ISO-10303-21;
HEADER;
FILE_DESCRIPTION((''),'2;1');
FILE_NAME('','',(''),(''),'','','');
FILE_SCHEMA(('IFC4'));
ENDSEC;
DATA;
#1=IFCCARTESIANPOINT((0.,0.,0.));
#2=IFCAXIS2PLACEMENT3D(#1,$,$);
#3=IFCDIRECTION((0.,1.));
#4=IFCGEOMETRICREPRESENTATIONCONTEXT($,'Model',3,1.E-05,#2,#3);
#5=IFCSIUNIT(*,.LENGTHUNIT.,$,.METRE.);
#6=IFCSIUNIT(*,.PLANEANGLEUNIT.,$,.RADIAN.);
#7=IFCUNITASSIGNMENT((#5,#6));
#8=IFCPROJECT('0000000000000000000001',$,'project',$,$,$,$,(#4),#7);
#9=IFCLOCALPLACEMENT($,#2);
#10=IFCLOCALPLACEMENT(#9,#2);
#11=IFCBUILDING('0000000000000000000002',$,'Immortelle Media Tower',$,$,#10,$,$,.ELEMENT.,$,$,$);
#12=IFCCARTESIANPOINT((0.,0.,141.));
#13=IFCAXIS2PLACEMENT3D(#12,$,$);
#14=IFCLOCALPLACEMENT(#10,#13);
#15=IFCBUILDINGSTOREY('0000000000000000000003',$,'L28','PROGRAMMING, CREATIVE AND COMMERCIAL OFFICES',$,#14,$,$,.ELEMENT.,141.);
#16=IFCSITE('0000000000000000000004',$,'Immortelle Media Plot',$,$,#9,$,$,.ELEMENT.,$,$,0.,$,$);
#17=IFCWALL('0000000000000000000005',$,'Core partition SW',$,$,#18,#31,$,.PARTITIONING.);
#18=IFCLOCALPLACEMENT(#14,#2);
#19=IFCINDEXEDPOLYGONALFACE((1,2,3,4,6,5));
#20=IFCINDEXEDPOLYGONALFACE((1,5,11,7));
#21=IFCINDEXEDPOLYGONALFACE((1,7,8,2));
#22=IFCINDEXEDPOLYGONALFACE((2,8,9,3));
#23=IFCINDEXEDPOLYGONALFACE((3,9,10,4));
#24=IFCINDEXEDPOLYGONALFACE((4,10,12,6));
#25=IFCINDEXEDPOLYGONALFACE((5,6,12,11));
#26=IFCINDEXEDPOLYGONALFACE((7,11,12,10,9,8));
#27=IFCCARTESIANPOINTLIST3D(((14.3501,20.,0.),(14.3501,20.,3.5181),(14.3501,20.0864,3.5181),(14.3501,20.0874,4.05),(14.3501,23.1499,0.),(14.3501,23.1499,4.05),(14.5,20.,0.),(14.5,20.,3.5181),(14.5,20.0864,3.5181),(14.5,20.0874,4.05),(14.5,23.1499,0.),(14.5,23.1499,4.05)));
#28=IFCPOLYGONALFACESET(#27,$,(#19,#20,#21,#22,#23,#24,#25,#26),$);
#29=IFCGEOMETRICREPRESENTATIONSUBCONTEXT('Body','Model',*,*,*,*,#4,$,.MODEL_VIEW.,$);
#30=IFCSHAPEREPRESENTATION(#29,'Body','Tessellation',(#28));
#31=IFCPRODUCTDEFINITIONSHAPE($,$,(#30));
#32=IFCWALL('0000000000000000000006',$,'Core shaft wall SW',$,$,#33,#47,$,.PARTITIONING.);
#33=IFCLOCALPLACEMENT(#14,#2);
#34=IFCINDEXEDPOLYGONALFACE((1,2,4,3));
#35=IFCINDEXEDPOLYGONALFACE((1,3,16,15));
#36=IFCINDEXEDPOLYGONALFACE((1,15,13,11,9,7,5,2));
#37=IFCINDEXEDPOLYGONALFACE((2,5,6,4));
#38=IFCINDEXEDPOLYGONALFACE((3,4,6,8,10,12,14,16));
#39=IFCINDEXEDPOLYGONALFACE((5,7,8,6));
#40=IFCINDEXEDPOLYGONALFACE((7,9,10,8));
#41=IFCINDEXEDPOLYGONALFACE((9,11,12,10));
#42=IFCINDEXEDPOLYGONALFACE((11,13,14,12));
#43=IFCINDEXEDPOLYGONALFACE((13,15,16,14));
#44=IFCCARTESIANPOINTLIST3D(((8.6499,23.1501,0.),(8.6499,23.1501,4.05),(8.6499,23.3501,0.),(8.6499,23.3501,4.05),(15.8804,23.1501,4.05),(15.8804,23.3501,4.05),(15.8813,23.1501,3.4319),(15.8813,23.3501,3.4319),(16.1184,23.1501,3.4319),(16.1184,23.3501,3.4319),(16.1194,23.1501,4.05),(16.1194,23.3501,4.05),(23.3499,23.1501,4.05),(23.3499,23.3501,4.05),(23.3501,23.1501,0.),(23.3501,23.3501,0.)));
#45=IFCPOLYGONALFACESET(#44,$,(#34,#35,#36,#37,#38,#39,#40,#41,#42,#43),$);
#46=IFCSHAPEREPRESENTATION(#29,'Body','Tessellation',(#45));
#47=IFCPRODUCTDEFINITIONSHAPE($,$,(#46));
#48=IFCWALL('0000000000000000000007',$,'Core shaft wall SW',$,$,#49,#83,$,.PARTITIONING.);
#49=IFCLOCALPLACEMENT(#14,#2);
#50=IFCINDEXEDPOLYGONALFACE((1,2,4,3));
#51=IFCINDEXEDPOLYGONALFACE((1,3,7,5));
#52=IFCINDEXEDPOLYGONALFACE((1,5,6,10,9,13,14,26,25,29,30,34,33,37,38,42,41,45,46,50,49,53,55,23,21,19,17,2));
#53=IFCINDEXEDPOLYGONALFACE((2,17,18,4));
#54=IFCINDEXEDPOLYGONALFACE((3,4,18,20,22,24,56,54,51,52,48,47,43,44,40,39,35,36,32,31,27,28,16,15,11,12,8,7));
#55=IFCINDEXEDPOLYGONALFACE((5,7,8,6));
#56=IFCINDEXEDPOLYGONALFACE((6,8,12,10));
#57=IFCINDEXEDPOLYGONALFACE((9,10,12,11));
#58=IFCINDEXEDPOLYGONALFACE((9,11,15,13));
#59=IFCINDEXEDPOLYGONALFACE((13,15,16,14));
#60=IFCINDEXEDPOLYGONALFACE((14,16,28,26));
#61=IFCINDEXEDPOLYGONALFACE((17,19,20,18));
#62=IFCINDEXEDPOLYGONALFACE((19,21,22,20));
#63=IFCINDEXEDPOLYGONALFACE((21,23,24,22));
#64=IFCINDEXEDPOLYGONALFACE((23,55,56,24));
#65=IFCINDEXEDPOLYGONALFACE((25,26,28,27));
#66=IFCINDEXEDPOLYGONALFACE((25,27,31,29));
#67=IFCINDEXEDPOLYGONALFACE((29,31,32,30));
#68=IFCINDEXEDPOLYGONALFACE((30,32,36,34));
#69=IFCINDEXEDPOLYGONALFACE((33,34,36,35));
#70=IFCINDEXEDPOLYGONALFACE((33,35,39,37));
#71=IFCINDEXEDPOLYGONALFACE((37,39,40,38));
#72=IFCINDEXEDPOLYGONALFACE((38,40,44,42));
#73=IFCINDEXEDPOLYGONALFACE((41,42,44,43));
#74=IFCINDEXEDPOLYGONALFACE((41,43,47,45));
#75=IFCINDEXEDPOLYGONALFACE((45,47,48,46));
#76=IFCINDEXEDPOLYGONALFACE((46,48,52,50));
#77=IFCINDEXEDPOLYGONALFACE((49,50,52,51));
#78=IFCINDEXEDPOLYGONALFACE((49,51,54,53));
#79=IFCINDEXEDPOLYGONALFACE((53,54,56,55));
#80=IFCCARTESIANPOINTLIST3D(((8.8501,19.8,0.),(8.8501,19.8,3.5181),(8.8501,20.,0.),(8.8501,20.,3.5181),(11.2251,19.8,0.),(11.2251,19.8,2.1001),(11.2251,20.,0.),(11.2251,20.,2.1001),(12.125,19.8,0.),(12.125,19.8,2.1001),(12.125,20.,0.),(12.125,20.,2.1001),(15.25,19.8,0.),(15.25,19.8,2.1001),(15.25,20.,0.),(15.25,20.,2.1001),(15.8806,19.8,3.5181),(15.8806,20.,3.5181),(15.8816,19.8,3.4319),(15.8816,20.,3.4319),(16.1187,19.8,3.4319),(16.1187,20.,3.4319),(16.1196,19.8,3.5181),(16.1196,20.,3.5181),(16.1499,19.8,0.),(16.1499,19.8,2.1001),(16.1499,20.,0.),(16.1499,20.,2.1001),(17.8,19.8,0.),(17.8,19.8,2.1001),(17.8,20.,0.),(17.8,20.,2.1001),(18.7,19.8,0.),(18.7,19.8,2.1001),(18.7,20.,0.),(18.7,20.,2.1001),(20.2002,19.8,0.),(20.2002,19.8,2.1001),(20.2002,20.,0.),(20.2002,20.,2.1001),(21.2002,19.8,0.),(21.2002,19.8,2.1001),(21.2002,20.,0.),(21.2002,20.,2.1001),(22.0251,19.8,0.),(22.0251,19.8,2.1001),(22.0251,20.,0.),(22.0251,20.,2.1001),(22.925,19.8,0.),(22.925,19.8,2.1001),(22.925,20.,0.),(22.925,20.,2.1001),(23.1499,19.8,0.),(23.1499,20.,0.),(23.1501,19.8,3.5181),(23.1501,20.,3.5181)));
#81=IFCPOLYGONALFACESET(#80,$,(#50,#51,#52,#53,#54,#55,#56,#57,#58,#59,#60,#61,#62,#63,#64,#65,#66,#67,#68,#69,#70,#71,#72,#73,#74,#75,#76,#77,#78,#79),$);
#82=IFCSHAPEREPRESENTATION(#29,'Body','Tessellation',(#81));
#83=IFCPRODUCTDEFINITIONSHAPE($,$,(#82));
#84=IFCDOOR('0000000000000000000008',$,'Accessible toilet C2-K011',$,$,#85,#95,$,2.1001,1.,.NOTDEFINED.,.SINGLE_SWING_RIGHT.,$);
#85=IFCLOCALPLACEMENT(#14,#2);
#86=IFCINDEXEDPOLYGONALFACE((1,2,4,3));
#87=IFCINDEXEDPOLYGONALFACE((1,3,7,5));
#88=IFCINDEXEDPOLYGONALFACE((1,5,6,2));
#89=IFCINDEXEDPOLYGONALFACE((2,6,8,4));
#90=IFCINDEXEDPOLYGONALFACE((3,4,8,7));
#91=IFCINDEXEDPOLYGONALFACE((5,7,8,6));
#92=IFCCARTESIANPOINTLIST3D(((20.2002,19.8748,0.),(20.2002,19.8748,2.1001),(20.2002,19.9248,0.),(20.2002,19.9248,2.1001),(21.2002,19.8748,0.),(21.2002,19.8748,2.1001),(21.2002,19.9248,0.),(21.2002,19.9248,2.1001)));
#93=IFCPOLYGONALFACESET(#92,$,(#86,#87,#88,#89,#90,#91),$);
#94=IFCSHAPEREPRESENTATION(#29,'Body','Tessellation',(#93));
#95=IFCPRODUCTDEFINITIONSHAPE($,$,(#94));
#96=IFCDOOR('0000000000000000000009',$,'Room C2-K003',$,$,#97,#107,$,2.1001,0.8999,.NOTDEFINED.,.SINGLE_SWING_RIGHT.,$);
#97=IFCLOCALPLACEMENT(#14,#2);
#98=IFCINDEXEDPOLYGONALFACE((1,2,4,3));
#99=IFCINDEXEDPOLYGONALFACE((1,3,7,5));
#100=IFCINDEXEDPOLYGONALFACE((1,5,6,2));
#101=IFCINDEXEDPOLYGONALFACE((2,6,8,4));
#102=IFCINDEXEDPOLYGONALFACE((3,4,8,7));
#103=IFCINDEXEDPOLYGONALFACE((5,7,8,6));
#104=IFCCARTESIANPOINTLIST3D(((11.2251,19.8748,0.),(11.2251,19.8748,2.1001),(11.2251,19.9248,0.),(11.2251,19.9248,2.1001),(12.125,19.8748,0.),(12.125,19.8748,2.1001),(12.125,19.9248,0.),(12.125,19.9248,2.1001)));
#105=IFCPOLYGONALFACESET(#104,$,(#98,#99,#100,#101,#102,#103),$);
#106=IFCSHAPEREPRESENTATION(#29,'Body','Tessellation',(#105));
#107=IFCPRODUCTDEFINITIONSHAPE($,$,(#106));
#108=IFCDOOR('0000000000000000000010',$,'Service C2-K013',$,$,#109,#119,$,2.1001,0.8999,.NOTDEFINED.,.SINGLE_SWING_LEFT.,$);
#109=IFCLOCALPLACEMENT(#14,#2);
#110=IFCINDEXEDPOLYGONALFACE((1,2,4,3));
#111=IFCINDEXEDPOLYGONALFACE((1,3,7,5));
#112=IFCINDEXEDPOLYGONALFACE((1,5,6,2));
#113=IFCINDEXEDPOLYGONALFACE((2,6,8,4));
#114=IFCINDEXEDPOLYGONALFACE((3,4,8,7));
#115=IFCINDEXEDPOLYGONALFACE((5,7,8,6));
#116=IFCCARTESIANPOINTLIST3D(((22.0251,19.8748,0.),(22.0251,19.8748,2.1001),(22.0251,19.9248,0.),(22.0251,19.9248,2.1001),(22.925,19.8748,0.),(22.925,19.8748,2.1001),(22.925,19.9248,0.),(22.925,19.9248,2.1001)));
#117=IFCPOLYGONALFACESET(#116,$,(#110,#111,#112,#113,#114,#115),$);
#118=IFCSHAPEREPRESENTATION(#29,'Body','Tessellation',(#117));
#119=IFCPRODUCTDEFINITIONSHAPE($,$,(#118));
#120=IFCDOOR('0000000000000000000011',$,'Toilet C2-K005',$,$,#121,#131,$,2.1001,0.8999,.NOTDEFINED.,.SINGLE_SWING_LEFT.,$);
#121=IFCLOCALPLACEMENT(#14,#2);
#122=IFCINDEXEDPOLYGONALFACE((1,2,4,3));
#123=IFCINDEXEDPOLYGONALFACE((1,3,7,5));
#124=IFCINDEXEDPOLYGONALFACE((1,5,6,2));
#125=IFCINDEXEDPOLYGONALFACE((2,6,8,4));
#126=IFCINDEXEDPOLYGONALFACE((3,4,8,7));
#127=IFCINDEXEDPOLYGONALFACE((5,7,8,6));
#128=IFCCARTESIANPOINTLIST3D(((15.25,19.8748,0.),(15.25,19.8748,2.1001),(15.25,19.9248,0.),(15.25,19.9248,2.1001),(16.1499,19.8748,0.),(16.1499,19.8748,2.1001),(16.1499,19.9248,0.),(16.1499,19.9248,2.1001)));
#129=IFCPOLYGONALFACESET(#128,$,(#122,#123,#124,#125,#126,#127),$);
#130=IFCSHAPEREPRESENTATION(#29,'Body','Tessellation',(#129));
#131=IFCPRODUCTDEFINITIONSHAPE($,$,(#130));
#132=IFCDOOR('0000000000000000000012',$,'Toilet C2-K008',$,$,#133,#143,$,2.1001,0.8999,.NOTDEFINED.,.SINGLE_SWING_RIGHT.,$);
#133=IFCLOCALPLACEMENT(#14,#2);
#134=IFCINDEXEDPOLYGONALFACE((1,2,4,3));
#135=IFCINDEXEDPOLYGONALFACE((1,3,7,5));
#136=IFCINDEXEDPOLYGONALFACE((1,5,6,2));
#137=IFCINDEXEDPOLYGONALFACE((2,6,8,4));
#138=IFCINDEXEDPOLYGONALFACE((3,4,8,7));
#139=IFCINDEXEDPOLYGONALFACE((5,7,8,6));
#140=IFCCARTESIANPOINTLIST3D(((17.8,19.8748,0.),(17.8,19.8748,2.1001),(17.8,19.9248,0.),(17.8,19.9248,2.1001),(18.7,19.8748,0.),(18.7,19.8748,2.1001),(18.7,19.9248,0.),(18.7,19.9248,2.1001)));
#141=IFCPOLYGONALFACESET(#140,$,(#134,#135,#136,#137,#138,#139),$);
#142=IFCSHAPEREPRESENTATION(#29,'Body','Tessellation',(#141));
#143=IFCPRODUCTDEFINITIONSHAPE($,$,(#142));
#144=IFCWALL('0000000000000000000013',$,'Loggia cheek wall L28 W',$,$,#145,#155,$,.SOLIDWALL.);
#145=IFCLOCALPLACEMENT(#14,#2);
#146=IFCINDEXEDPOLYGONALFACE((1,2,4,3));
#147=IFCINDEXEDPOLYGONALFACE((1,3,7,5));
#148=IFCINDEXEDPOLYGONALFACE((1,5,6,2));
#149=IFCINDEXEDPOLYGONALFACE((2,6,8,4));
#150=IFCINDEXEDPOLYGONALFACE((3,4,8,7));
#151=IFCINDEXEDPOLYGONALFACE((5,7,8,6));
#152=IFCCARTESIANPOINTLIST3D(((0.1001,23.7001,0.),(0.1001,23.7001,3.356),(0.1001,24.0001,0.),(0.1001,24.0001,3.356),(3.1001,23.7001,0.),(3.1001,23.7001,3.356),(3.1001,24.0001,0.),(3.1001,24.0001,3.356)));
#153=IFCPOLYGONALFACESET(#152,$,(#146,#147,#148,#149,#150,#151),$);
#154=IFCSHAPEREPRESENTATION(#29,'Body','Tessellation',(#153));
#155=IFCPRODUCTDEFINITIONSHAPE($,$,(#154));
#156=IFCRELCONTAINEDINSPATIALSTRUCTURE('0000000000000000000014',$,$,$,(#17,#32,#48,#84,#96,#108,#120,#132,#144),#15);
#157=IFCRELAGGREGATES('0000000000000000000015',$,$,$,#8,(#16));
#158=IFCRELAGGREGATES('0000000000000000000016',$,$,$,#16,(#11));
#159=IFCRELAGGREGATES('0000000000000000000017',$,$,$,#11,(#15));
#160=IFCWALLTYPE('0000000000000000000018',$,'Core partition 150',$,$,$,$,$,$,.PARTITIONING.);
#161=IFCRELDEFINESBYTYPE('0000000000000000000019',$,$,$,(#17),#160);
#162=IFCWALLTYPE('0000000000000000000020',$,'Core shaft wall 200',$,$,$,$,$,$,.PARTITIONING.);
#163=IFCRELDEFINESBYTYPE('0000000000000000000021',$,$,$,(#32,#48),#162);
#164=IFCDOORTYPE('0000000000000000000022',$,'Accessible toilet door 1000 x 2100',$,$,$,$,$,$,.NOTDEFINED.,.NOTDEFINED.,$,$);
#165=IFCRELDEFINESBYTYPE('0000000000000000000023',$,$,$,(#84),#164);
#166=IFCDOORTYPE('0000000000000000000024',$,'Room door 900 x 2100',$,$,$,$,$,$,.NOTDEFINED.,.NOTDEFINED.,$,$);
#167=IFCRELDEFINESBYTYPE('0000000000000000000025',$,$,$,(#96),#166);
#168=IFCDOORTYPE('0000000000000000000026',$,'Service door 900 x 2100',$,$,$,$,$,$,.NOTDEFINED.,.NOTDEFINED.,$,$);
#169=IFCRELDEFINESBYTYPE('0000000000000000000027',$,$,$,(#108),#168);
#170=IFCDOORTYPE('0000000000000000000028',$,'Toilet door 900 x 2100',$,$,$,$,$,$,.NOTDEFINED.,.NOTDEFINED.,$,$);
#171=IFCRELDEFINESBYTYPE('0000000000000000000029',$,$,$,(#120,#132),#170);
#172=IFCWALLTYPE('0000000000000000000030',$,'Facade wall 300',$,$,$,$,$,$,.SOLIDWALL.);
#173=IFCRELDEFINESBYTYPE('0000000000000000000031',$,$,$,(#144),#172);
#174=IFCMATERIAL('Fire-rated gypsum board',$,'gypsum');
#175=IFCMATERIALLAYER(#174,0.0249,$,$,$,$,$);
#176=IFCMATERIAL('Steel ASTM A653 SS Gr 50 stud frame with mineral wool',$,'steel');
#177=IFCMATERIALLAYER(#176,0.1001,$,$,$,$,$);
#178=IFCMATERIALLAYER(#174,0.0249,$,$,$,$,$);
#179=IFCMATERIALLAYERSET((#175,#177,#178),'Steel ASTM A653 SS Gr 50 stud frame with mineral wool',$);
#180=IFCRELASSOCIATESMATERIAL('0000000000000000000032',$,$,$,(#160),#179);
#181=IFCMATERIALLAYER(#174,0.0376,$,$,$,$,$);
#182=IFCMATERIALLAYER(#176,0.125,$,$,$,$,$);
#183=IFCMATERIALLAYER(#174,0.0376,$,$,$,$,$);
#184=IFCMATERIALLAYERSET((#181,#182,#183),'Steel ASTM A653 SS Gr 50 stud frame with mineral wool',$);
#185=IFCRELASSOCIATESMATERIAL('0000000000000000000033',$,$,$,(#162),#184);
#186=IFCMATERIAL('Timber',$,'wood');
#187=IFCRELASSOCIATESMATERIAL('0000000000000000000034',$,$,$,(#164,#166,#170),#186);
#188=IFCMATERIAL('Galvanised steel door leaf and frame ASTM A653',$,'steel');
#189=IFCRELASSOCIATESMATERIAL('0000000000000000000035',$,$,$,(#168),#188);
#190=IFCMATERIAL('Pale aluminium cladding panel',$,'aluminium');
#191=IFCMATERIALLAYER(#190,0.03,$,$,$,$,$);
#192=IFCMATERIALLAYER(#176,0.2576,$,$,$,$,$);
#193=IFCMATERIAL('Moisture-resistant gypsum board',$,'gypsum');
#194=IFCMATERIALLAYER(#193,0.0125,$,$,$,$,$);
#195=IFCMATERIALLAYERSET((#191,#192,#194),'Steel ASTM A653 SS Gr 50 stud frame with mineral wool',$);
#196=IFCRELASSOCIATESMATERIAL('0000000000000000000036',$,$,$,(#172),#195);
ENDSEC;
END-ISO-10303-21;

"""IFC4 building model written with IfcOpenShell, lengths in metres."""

from ifc_helpers import new_model, si_unit, direction, frame, frame_2d, origin, place, context, subcontext, project, spatial, polyline, rectangle, outline, extrude, material, layer, layer_set, type_object, element, fill, save


model = new_model("IFC4")

# Units and contexts
model_context = context("Model", 3, precision=1e-05, world=origin(), true_north=direction((0.0, 1.0)))
body_context = subcontext(model_context, "Body", "Model", "MODEL_VIEW")
ifc_project = project(units=[si_unit("LENGTHUNIT", "METRE"), si_unit("PLANEANGLEUNIT", "RADIAN")], contexts=[model_context])

# Site, building, storey
site_placement = place(None, origin())
site = spatial("IfcSite", under=ifc_project, at=site_placement, Name="Immortelle Media Plot", CompositionType="ELEMENT", RefElevation=0.0)
building_placement = place(site_placement, origin())
building = spatial("IfcBuilding", under=site, at=building_placement, Name="Immortelle Media Tower", CompositionType="ELEMENT")
storey_placement = place(building_placement, frame((0.0, 0.0, 141.0)))
storey = spatial("IfcBuildingStorey", under=building, at=storey_placement, Name="L28", Description="PROGRAMMING, CREATIVE AND COMMERCIAL OFFICES", CompositionType="ELEMENT", Elevation=141.0)

# Walls
ifc_material_1 = material(Name="Fire-rated gypsum board", Category="gypsum")
ifc_layer_1 = layer(ifc_material_1, 0.0249)
ifc_material_2 = material(Name="Steel ASTM A653 SS Gr 50 stud frame with mineral wool", Category="steel")
ifc_layer_2 = layer(ifc_material_2, 0.1001)
ifc_layer_3 = layer(ifc_material_1, 0.0249)
ifc_layer_set_1 = layer_set([ifc_layer_1, ifc_layer_2, ifc_layer_3], Name="Steel ASTM A653 SS Gr 50 stud frame with mineral wool")
wall_type_1 = type_object("IfcWallType", Name="Core partition 150", PredefinedType="PARTITIONING", material=ifc_layer_set_1)
wall_1_placement = place(storey_placement, frame((14.425, 20.0, 0.0), z_axis=(0.0, 0.0, 1.0), x_axis=(0.0, 1.0, 0.0)))
element("IfcWall", 1, at=wall_1_placement, inside=storey, type_object=wall_type_1, Name="Core partition SW", PredefinedType="PARTITIONING", context=body_context, shape_type="SweptSolid", body=[
    extrude(outline(polyline([(0.0, 0.0), (3.1499, 0.0), (3.1499, 4.05), (0.0874, 4.05), (0.0864, 3.5181), (0.0, 3.5181), (0.0, 0.0)])), frame((0.0, 0.075, 0.0), z_axis=(0.0, -1.0, 0.0), x_axis=(1.0, 0.0, 0.0)), (0.0, 0.0, 1.0), 0.1499),
])
ifc_layer_4 = layer(ifc_material_1, 0.0376)
ifc_layer_5 = layer(ifc_material_2, 0.125)
ifc_layer_6 = layer(ifc_material_1, 0.0376)
ifc_layer_set_2 = layer_set([ifc_layer_4, ifc_layer_5, ifc_layer_6], Name="Steel ASTM A653 SS Gr 50 stud frame with mineral wool")
wall_type_2 = type_object("IfcWallType", Name="Core shaft wall 200", PredefinedType="PARTITIONING", material=ifc_layer_set_2)
wall_2_placement = place(storey_placement, frame((8.6499, 23.25, 0.0), z_axis=(0.0, 0.0, 1.0), x_axis=(1.0, 0.0, 0.0)))
element("IfcWall", 2, at=wall_2_placement, inside=storey, type_object=wall_type_2, Name="Core shaft wall SW", PredefinedType="PARTITIONING", context=body_context, shape_type="SweptSolid", body=[
    extrude(outline(polyline([(0.0, 0.0), (14.7002, 0.0), (14.7, 4.05), (7.4695, 4.05), (7.4685, 3.4319), (7.2314, 3.4319), (7.2305, 4.05), (0.0, 4.05), (0.0, 0.0)])), frame((0.0, 0.1001, 0.0), z_axis=(0.0, -1.0, 0.0), x_axis=(1.0, 0.0, 0.0)), (0.0, 0.0, 1.0), 0.2),
])

# Wall, openings, doors
wall_3_placement = place(storey_placement, frame((8.8501, 19.8999, 0.0), z_axis=(0.0, 0.0, 1.0), x_axis=(1.0, 0.0, 0.0)))
wall_3 = element("IfcWall", 3, at=wall_3_placement, inside=storey, type_object=wall_type_2, Name="Core shaft wall SW", PredefinedType="PARTITIONING", context=body_context, shape_type="SweptSolid", body=[
    extrude(outline(polyline([(0.0, 0.0), (14.2998, 0.0), (14.3, 3.5181), (7.2695, 3.5181), (7.2686, 3.4319), (7.0315, 3.4319), (7.0305, 3.5181), (0.0, 3.5181), (0.0, 0.0)])), frame((0.0, 0.1001, 0.0), z_axis=(0.0, -1.0, 0.0), x_axis=(1.0, 0.0, 0.0)), (0.0, 0.0, 1.0), 0.2),
])
opening_1_placement = place(wall_3_placement, frame((2.375, 0.0, 0.0)))
opening_1 = element("IfcOpeningElement", 4, at=opening_1_placement, cuts=wall_3, PredefinedType="OPENING", context=body_context, shape_type="SweptSolid", body=[
    extrude(rectangle(XDim=0.8999, YDim=2.1001, at=frame_2d((0.45, 1.05))), frame((0.0, 0.1099, 0.0), z_axis=(0.0, -1.0, 0.0), x_axis=(1.0, 0.0, 0.0)), (0.0, 0.0, 1.0), 0.22),
])
opening_2_placement = place(wall_3_placement, frame((6.3999, 0.0, 0.0)))
opening_2 = element("IfcOpeningElement", 5, at=opening_2_placement, cuts=wall_3, PredefinedType="OPENING", context=body_context, shape_type="SweptSolid", body=[
    extrude(rectangle(XDim=0.8999, YDim=2.1001, at=frame_2d((0.45, 1.05))), frame((0.0, 0.1099, 0.0), z_axis=(0.0, -1.0, 0.0), x_axis=(1.0, 0.0, 0.0)), (0.0, 0.0, 1.0), 0.22),
])
opening_3_placement = place(wall_3_placement, frame((8.95, 0.0, 0.0)))
opening_3 = element("IfcOpeningElement", 6, at=opening_3_placement, cuts=wall_3, PredefinedType="OPENING", context=body_context, shape_type="SweptSolid", body=[
    extrude(rectangle(XDim=0.8999, YDim=2.1001, at=frame_2d((0.45, 1.05))), frame((0.0, 0.1099, 0.0), z_axis=(0.0, -1.0, 0.0), x_axis=(1.0, 0.0, 0.0)), (0.0, 0.0, 1.0), 0.22),
])
opening_4_placement = place(wall_3_placement, frame((11.3501, 0.0, 0.0)))
opening_4 = element("IfcOpeningElement", 7, at=opening_4_placement, cuts=wall_3, PredefinedType="OPENING", context=body_context, shape_type="SweptSolid", body=[
    extrude(rectangle(XDim=1.0, YDim=2.1001, at=frame_2d((0.5, 1.05))), frame((0.0, 0.1099, 0.0), z_axis=(0.0, -1.0, 0.0), x_axis=(1.0, 0.0, 0.0)), (0.0, 0.0, 1.0), 0.22),
])
opening_5_placement = place(wall_3_placement, frame((13.175, 0.0, 0.0)))
opening_5 = element("IfcOpeningElement", 8, at=opening_5_placement, cuts=wall_3, PredefinedType="OPENING", context=body_context, shape_type="SweptSolid", body=[
    extrude(rectangle(XDim=0.8999, YDim=2.1001, at=frame_2d((0.45, 1.05))), frame((0.0, 0.1099, 0.0), z_axis=(0.0, -1.0, 0.0), x_axis=(1.0, 0.0, 0.0)), (0.0, 0.0, 1.0), 0.22),
])
ifc_material_3 = material(Name="Timber", Category="wood")
door_type_1 = type_object("IfcDoorType", Name="Accessible toilet door 1000 x 2100", OperationType="NOTDEFINED", PredefinedType="NOTDEFINED", material=ifc_material_3)
door_1_placement = place(opening_4_placement, origin())
door_1 = element("IfcDoor", 9, at=door_1_placement, inside=storey, type_object=door_type_1, Name="Accessible toilet C2-K011", OperationType="SINGLE_SWING_RIGHT", OverallHeight=2.1001, OverallWidth=1.0, PredefinedType="NOTDEFINED", context=body_context, shape_type="SweptSolid", body=[
    extrude(rectangle(XDim=1.0, YDim=2.1001, at=frame_2d((0.5, 1.05))), frame((0.0, 0.0249, 0.0), z_axis=(0.0, -1.0, 0.0), x_axis=(1.0, 0.0, 0.0)), (0.0, 0.0, 1.0), 0.05),
])
fill(opening_4, door_1)
door_type_2 = type_object("IfcDoorType", Name="Room door 900 x 2100", OperationType="NOTDEFINED", PredefinedType="NOTDEFINED", material=ifc_material_3)
door_2_placement = place(opening_1_placement, origin())
door_2 = element("IfcDoor", 10, at=door_2_placement, inside=storey, type_object=door_type_2, Name="Room C2-K003", OperationType="SINGLE_SWING_RIGHT", OverallHeight=2.1001, OverallWidth=0.8999, PredefinedType="NOTDEFINED", context=body_context, shape_type="SweptSolid", body=[
    extrude(rectangle(XDim=0.8999, YDim=2.1001, at=frame_2d((0.45, 1.05))), frame((0.0, 0.0249, 0.0), z_axis=(0.0, -1.0, 0.0), x_axis=(1.0, 0.0, 0.0)), (0.0, 0.0, 1.0), 0.05),
])
fill(opening_1, door_2)
ifc_material_4 = material(Name="Galvanised steel door leaf and frame ASTM A653", Category="steel")
door_type_3 = type_object("IfcDoorType", Name="Service door 900 x 2100", OperationType="NOTDEFINED", PredefinedType="NOTDEFINED", material=ifc_material_4)
door_3_placement = place(opening_5_placement, origin())
door_3 = element("IfcDoor", 11, at=door_3_placement, inside=storey, type_object=door_type_3, Name="Service C2-K013", OperationType="SINGLE_SWING_LEFT", OverallHeight=2.1001, OverallWidth=0.8999, PredefinedType="NOTDEFINED", context=body_context, shape_type="SweptSolid", body=[
    extrude(rectangle(XDim=0.8999, YDim=2.1001, at=frame_2d((0.45, 1.05))), frame((0.0, 0.0249, 0.0), z_axis=(0.0, -1.0, 0.0), x_axis=(1.0, 0.0, 0.0)), (0.0, 0.0, 1.0), 0.05),
])
fill(opening_5, door_3)
door_type_4 = type_object("IfcDoorType", Name="Toilet door 900 x 2100", OperationType="NOTDEFINED", PredefinedType="NOTDEFINED", material=ifc_material_3)
door_4_placement = place(opening_2_placement, origin())
door_4 = element("IfcDoor", 12, at=door_4_placement, inside=storey, type_object=door_type_4, Name="Toilet C2-K005", OperationType="SINGLE_SWING_LEFT", OverallHeight=2.1001, OverallWidth=0.8999, PredefinedType="NOTDEFINED", context=body_context, shape_type="SweptSolid", body=[
    extrude(rectangle(XDim=0.8999, YDim=2.1001, at=frame_2d((0.45, 1.05))), frame((0.0, 0.0249, 0.0), z_axis=(0.0, -1.0, 0.0), x_axis=(1.0, 0.0, 0.0)), (0.0, 0.0, 1.0), 0.05),
])
fill(opening_2, door_4)
door_5_placement = place(opening_3_placement, origin())
door_5 = element("IfcDoor", 13, at=door_5_placement, inside=storey, type_object=door_type_4, Name="Toilet C2-K008", OperationType="SINGLE_SWING_RIGHT", OverallHeight=2.1001, OverallWidth=0.8999, PredefinedType="NOTDEFINED", context=body_context, shape_type="SweptSolid", body=[
    extrude(rectangle(XDim=0.8999, YDim=2.1001, at=frame_2d((0.45, 1.05))), frame((0.0, 0.0249, 0.0), z_axis=(0.0, -1.0, 0.0), x_axis=(1.0, 0.0, 0.0)), (0.0, 0.0, 1.0), 0.05),
])
fill(opening_3, door_5)

# Shared definitions
ifc_material_5 = material(Name="Pale aluminium cladding panel", Category="aluminium")
ifc_layer_7 = layer(ifc_material_5, 0.03)
ifc_layer_8 = layer(ifc_material_2, 0.2576)
ifc_material_6 = material(Name="Moisture-resistant gypsum board", Category="gypsum")
ifc_layer_9 = layer(ifc_material_6, 0.0125)
ifc_layer_set_3 = layer_set([ifc_layer_7, ifc_layer_8, ifc_layer_9], Name="Steel ASTM A653 SS Gr 50 stud frame with mineral wool")
wall_type_3 = type_object("IfcWallType", Name="Facade wall 300", PredefinedType="SOLIDWALL", material=ifc_layer_set_3)

# Wall
for number, where, z_axis, x_axis, name in (
    (14, (0.1001, 23.8501, 0.0), (0.0, 0.0, 1.0), (1.0, 0.0, 0.0), "Loggia cheek wall L28 W"),
):
    element("IfcWall", number, at=place(storey_placement, frame(where, z_axis=z_axis, x_axis=x_axis)), inside=storey, type_object=wall_type_3, Name=name, PredefinedType="SOLIDWALL", context=body_context, shape_type="SweptSolid", body=[
        extrude(rectangle(XDim=3.0, YDim=0.3, at=frame_2d((1.5, 0.0))), origin(), (0.0, 0.0, 1.0), 3.356),
    ])

save(model, "model.ifc")
